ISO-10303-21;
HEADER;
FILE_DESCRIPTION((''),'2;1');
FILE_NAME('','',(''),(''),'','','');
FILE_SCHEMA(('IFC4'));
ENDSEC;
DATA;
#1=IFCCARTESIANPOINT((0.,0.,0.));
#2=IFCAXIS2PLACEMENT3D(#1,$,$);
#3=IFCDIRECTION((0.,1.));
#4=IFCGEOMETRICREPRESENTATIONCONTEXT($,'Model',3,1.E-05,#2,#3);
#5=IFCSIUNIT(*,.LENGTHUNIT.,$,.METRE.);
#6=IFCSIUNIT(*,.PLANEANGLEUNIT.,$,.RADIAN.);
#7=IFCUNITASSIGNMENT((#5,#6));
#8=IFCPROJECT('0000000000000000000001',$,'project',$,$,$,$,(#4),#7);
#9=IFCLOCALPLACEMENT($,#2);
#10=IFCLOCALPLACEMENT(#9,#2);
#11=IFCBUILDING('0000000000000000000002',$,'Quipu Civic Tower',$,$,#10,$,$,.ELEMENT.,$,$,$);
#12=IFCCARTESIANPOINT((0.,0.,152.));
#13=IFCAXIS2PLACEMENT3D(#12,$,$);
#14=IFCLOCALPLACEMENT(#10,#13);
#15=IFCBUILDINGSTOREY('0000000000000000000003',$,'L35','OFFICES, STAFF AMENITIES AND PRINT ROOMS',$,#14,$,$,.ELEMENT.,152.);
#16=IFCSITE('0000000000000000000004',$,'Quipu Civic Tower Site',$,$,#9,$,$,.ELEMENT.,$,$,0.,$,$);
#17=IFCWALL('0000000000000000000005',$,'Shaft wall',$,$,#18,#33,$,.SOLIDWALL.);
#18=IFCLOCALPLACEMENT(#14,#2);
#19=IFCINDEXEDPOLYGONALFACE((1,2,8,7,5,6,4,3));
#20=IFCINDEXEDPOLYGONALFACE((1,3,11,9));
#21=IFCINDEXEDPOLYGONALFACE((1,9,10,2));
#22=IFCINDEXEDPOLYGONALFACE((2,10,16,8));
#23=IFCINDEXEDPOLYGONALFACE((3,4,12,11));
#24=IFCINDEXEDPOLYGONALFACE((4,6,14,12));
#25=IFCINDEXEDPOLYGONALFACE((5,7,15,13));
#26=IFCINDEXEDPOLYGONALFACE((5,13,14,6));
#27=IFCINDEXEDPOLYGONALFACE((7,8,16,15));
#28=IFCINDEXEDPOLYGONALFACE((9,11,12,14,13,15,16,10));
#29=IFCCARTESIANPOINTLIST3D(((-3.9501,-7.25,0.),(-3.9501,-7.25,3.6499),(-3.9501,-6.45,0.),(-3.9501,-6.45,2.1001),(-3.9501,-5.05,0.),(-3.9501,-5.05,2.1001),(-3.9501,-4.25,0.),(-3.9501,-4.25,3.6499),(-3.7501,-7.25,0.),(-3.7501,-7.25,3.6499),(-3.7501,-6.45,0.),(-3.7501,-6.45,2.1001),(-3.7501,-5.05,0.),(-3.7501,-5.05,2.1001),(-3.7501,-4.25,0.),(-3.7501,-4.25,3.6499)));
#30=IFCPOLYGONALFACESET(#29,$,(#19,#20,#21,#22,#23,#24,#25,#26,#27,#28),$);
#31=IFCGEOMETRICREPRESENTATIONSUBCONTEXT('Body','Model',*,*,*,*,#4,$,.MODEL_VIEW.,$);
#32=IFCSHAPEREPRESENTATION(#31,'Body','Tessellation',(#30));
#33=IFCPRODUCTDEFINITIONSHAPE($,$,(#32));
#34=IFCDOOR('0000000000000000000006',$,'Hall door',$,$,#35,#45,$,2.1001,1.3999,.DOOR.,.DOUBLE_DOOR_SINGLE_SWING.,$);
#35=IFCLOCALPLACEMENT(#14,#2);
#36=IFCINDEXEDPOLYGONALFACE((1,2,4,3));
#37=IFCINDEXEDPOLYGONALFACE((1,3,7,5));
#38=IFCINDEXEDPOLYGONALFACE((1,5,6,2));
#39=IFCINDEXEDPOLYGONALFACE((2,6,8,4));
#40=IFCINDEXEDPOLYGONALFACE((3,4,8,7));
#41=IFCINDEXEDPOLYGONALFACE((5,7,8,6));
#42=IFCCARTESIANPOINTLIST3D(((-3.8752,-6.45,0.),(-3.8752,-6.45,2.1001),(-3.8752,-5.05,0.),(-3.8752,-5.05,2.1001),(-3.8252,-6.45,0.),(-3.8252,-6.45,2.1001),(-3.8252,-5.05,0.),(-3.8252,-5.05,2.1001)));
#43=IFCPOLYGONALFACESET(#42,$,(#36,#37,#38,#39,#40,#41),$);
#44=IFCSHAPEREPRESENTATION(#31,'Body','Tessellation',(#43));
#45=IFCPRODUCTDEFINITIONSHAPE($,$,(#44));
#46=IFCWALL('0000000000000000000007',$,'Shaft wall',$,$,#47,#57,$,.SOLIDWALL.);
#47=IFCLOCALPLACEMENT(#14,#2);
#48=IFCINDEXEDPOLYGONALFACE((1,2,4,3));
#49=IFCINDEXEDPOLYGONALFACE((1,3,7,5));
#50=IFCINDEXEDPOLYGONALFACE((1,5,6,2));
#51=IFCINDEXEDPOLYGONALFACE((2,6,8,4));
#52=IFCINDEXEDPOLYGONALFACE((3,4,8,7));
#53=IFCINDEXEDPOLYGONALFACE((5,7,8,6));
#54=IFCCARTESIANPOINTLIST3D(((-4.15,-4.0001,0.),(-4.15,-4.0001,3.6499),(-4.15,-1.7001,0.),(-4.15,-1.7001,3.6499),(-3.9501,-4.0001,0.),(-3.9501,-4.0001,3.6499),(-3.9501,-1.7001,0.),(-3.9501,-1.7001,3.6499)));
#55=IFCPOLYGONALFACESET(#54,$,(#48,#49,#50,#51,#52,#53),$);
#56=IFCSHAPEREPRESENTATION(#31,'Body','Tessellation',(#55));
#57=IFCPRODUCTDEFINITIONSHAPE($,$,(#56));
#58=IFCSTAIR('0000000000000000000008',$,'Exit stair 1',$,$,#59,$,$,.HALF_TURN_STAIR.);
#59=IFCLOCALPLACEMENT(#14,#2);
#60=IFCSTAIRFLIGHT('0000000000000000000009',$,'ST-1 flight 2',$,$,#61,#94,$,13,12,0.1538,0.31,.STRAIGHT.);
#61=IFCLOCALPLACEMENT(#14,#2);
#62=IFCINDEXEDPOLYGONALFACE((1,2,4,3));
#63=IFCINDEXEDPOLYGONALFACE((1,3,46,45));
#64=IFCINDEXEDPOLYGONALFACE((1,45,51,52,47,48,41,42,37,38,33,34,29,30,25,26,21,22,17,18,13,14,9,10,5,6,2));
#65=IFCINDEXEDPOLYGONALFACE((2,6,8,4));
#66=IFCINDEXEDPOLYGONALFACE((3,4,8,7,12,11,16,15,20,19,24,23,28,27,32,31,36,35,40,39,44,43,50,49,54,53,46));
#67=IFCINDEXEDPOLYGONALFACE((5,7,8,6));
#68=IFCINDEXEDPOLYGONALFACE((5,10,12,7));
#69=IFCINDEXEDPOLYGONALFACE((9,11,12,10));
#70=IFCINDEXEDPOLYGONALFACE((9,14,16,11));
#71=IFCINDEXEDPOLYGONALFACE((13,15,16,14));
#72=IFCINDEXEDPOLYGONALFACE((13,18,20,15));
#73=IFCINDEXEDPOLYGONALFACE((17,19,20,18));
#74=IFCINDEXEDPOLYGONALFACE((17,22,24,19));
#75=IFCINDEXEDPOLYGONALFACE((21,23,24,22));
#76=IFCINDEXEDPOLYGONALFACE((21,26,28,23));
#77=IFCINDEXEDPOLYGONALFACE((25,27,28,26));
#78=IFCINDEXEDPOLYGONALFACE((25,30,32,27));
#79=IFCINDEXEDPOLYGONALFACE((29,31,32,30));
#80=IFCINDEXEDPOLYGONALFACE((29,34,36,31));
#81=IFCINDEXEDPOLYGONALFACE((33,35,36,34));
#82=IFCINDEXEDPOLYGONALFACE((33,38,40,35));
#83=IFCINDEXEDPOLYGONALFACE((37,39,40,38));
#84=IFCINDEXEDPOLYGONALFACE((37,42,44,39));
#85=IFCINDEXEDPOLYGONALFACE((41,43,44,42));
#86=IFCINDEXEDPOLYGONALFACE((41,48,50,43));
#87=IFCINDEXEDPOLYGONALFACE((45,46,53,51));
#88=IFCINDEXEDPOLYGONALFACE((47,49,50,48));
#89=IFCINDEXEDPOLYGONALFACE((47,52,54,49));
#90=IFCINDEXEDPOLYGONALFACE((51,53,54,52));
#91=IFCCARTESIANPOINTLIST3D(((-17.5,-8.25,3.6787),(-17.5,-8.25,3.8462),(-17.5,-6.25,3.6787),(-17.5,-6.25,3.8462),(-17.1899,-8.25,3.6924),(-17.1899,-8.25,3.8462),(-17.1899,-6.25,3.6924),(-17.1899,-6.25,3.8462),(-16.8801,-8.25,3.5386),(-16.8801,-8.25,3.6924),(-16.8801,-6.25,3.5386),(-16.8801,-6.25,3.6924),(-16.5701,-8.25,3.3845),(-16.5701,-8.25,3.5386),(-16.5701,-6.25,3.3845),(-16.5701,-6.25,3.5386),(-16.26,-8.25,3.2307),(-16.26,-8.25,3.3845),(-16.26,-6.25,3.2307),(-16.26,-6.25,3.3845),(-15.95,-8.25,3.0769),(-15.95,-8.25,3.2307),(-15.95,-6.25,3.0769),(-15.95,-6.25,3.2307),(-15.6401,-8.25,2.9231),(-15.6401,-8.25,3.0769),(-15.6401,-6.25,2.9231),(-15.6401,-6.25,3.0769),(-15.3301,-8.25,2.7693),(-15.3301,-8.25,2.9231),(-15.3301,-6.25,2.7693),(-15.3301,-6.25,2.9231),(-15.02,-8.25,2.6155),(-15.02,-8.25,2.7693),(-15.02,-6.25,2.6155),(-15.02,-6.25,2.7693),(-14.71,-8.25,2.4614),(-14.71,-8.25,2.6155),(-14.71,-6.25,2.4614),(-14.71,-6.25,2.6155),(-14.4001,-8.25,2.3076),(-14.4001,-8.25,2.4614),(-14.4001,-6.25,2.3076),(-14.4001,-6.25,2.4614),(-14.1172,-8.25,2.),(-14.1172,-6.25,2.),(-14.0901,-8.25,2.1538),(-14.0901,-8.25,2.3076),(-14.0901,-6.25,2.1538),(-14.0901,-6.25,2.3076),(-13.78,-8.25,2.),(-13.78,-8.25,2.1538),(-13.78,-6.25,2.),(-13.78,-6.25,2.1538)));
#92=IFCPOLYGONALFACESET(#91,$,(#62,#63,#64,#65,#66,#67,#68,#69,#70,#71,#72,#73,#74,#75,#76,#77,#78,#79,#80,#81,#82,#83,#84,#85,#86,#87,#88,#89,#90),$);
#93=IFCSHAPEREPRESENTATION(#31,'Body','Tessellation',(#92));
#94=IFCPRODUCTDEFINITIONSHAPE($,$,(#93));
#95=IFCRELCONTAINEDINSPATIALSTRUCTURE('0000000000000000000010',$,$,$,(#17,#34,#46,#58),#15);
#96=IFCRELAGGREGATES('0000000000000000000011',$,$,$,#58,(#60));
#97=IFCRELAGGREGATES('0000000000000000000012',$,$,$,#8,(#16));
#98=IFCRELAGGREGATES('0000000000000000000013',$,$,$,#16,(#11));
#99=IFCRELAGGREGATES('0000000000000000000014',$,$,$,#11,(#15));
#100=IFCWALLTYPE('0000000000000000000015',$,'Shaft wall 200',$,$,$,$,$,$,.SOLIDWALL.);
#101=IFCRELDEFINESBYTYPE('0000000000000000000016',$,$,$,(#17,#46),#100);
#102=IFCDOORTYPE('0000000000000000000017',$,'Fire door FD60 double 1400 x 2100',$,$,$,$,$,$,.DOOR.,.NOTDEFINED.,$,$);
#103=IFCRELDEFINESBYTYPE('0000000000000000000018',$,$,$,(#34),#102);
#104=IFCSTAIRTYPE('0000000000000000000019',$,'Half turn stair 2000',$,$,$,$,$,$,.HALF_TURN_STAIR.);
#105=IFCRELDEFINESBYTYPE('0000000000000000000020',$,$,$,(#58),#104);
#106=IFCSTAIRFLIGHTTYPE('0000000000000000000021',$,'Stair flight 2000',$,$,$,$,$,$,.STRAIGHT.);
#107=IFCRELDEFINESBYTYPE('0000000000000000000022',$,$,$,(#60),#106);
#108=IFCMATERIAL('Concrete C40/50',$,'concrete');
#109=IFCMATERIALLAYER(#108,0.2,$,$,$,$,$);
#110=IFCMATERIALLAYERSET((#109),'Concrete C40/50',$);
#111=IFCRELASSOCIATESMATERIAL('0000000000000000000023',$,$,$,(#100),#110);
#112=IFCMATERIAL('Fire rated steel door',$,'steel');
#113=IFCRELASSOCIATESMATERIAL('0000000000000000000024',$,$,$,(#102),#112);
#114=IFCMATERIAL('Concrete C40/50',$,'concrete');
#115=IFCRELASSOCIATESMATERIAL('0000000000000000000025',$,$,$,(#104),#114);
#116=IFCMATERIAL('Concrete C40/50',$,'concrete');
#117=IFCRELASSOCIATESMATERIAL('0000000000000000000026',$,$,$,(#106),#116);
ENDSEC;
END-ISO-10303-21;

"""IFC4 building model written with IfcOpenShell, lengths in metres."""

from ifc_helpers import new_model, si_unit, direction, frame, frame_2d, origin, place, context, subcontext, project, spatial, polyline, rectangle, outline, extrude, material, layer, layer_set, type_object, element, fill, aggregate, save


model = new_model("IFC4")

# Units and contexts
model_context = context("Model", 3, precision=1e-05, world=origin(), true_north=direction((0.0, 1.0)))
body_context = subcontext(model_context, "Body", "Model", "MODEL_VIEW")
ifc_project = project(units=[si_unit("LENGTHUNIT", "METRE"), si_unit("PLANEANGLEUNIT", "RADIAN")], contexts=[model_context])

# Site, building, storey
site_placement = place(None, origin())
site = spatial("IfcSite", under=ifc_project, at=site_placement, Name="Quipu Civic Tower Site", CompositionType="ELEMENT", RefElevation=0.0)
building_placement = place(site_placement, origin())
building = spatial("IfcBuilding", under=site, at=building_placement, Name="Quipu Civic Tower", CompositionType="ELEMENT")
storey_placement = place(building_placement, frame((0.0, 0.0, 152.0)))
storey = spatial("IfcBuildingStorey", under=building, at=storey_placement, Name="L35", Description="OFFICES, STAFF AMENITIES AND PRINT ROOMS", CompositionType="ELEMENT", Elevation=152.0)

# Shared definitions
ifc_material_1 = material(Name="Concrete C40/50", Category="concrete")
ifc_layer_1 = layer(ifc_material_1, 0.2)
ifc_layer_set_1 = layer_set([ifc_layer_1], Name="Concrete C40/50")
wall_type_1 = type_object("IfcWallType", Name="Shaft wall 200", PredefinedType="SOLIDWALL", material=ifc_layer_set_1)

# Wall, opening, door
wall_1_placement = place(storey_placement, frame((-3.8501, -4.25, 0.0), z_axis=(0.0, 0.0, 1.0), x_axis=(0.0, -1.0, 0.0)))
wall_1 = element("IfcWall", 1, at=wall_1_placement, inside=storey, type_object=wall_type_1, Name="Shaft wall", PredefinedType="SOLIDWALL", context=body_context, shape_type="SweptSolid", body=[
    extrude(rectangle(XDim=3.0, YDim=0.2, at=frame_2d((1.5, 0.0))), origin(), (0.0, 0.0, 1.0), 3.6499),
])
opening_1_placement = place(wall_1_placement, frame((0.8, 0.0, 0.0)))
opening_1 = element("IfcOpeningElement", 2, at=opening_1_placement, cuts=wall_1, PredefinedType="OPENING", context=body_context, shape_type="SweptSolid", body=[
    extrude(rectangle(XDim=1.3999, YDim=2.1001, at=frame_2d((0.7, 1.05))), frame((0.0, 0.1099, 0.0), z_axis=(0.0, -1.0, 0.0), x_axis=(1.0, 0.0, 0.0)), (0.0, 0.0, 1.0), 0.22),
])
ifc_material_2 = material(Name="Fire rated steel door", Category="steel")
door_type_1 = type_object("IfcDoorType", Name="Fire door FD60 double 1400 x 2100", OperationType="NOTDEFINED", PredefinedType="DOOR", material=ifc_material_2)
door_1_placement = place(opening_1_placement, origin())
door_1 = element("IfcDoor", 3, at=door_1_placement, inside=storey, type_object=door_type_1, Name="Hall door", OperationType="DOUBLE_DOOR_SINGLE_SWING", OverallHeight=2.1001, OverallWidth=1.3999, PredefinedType="DOOR", context=body_context, shape_type="SweptSolid", body=[
    extrude(rectangle(XDim=1.3999, YDim=2.1001, at=frame_2d((0.7, 1.05))), frame((0.0, 0.0249, 0.0), z_axis=(0.0, -1.0, 0.0), x_axis=(1.0, 0.0, 0.0)), (0.0, 0.0, 1.0), 0.05),
])
fill(opening_1, door_1)

# Wall
wall_2_placement = place(storey_placement, frame((-4.05, -4.0, 0.0), z_axis=(0.0, 0.0, 1.0), x_axis=(0.0, 1.0, 0.0)))
element("IfcWall", 4, at=wall_2_placement, inside=storey, type_object=wall_type_1, Name="Shaft wall", PredefinedType="SOLIDWALL", context=body_context, shape_type="SweptSolid", body=[
    extrude(rectangle(XDim=2.3, YDim=0.2, at=frame_2d((1.1499, 0.0))), origin(), (0.0, 0.0, 1.0), 3.6499),
])

# Stair, stair flight
ifc_material_3 = material(Name="Concrete C40/50", Category="concrete")
stair_type = type_object("IfcStairType", Name="Half turn stair 2000", PredefinedType="HALF_TURN_STAIR", material=ifc_material_3)
stair_placement = place(storey_placement, origin())
stair = element("IfcStair", 5, at=stair_placement, inside=storey, type_object=stair_type, Name="Exit stair 1", PredefinedType="HALF_TURN_STAIR")
ifc_material_4 = material(Name="Concrete C40/50", Category="concrete")
stair_flight_type = type_object("IfcStairFlightType", Name="Stair flight 2000", PredefinedType="STRAIGHT", material=ifc_material_4)
stair_flight_placement = place(storey_placement, frame((-13.78, -7.25, 2.0), z_axis=(0.0, 0.0, 1.0), x_axis=(-1.0, 0.0, 0.0)))
stair_flight = element("IfcStairFlight", 6, at=stair_flight_placement, type_object=stair_flight_type, Name="ST-1 flight 2", NumberOfRisers=13, NumberOfTreads=12, PredefinedType="STRAIGHT", RiserHeight=0.1538, TreadLength=0.31, context=body_context, shape_type="SweptSolid", body=[
    extrude(outline(polyline([(0.0, 0.0), (0.0, 0.1538), (0.3101, 0.1538), (0.3101, 0.3076), (0.6201, 0.3076), (0.6201, 0.4614), (0.9299, 0.4614), (0.9299, 0.6155), (1.24, 0.6155), (1.24, 0.7693), (1.55, 0.7693), (1.55, 0.9231), (1.8601, 0.9231), (1.8601, 1.0769), (2.1699, 1.0769), (2.1699, 1.2307), (2.48, 1.2307), (2.48, 1.3845), (2.79, 1.3845), (2.79, 1.5386), (3.1001, 1.5386), (3.1001, 1.6924), (3.4099, 1.6924), (3.4099, 1.8462), (3.72, 1.8462), (3.72, 2.0), (3.72, 1.6787), (0.3372, 0.0), (0.0, 0.0)])), frame((0.0, 1.0, 0.0), z_axis=(0.0, -1.0, 0.0), x_axis=(1.0, 0.0, 0.0)), (0.0, 0.0, 1.0), 2.0),
])
aggregate(stair, [stair_flight])

save(model, "model.ifc")
